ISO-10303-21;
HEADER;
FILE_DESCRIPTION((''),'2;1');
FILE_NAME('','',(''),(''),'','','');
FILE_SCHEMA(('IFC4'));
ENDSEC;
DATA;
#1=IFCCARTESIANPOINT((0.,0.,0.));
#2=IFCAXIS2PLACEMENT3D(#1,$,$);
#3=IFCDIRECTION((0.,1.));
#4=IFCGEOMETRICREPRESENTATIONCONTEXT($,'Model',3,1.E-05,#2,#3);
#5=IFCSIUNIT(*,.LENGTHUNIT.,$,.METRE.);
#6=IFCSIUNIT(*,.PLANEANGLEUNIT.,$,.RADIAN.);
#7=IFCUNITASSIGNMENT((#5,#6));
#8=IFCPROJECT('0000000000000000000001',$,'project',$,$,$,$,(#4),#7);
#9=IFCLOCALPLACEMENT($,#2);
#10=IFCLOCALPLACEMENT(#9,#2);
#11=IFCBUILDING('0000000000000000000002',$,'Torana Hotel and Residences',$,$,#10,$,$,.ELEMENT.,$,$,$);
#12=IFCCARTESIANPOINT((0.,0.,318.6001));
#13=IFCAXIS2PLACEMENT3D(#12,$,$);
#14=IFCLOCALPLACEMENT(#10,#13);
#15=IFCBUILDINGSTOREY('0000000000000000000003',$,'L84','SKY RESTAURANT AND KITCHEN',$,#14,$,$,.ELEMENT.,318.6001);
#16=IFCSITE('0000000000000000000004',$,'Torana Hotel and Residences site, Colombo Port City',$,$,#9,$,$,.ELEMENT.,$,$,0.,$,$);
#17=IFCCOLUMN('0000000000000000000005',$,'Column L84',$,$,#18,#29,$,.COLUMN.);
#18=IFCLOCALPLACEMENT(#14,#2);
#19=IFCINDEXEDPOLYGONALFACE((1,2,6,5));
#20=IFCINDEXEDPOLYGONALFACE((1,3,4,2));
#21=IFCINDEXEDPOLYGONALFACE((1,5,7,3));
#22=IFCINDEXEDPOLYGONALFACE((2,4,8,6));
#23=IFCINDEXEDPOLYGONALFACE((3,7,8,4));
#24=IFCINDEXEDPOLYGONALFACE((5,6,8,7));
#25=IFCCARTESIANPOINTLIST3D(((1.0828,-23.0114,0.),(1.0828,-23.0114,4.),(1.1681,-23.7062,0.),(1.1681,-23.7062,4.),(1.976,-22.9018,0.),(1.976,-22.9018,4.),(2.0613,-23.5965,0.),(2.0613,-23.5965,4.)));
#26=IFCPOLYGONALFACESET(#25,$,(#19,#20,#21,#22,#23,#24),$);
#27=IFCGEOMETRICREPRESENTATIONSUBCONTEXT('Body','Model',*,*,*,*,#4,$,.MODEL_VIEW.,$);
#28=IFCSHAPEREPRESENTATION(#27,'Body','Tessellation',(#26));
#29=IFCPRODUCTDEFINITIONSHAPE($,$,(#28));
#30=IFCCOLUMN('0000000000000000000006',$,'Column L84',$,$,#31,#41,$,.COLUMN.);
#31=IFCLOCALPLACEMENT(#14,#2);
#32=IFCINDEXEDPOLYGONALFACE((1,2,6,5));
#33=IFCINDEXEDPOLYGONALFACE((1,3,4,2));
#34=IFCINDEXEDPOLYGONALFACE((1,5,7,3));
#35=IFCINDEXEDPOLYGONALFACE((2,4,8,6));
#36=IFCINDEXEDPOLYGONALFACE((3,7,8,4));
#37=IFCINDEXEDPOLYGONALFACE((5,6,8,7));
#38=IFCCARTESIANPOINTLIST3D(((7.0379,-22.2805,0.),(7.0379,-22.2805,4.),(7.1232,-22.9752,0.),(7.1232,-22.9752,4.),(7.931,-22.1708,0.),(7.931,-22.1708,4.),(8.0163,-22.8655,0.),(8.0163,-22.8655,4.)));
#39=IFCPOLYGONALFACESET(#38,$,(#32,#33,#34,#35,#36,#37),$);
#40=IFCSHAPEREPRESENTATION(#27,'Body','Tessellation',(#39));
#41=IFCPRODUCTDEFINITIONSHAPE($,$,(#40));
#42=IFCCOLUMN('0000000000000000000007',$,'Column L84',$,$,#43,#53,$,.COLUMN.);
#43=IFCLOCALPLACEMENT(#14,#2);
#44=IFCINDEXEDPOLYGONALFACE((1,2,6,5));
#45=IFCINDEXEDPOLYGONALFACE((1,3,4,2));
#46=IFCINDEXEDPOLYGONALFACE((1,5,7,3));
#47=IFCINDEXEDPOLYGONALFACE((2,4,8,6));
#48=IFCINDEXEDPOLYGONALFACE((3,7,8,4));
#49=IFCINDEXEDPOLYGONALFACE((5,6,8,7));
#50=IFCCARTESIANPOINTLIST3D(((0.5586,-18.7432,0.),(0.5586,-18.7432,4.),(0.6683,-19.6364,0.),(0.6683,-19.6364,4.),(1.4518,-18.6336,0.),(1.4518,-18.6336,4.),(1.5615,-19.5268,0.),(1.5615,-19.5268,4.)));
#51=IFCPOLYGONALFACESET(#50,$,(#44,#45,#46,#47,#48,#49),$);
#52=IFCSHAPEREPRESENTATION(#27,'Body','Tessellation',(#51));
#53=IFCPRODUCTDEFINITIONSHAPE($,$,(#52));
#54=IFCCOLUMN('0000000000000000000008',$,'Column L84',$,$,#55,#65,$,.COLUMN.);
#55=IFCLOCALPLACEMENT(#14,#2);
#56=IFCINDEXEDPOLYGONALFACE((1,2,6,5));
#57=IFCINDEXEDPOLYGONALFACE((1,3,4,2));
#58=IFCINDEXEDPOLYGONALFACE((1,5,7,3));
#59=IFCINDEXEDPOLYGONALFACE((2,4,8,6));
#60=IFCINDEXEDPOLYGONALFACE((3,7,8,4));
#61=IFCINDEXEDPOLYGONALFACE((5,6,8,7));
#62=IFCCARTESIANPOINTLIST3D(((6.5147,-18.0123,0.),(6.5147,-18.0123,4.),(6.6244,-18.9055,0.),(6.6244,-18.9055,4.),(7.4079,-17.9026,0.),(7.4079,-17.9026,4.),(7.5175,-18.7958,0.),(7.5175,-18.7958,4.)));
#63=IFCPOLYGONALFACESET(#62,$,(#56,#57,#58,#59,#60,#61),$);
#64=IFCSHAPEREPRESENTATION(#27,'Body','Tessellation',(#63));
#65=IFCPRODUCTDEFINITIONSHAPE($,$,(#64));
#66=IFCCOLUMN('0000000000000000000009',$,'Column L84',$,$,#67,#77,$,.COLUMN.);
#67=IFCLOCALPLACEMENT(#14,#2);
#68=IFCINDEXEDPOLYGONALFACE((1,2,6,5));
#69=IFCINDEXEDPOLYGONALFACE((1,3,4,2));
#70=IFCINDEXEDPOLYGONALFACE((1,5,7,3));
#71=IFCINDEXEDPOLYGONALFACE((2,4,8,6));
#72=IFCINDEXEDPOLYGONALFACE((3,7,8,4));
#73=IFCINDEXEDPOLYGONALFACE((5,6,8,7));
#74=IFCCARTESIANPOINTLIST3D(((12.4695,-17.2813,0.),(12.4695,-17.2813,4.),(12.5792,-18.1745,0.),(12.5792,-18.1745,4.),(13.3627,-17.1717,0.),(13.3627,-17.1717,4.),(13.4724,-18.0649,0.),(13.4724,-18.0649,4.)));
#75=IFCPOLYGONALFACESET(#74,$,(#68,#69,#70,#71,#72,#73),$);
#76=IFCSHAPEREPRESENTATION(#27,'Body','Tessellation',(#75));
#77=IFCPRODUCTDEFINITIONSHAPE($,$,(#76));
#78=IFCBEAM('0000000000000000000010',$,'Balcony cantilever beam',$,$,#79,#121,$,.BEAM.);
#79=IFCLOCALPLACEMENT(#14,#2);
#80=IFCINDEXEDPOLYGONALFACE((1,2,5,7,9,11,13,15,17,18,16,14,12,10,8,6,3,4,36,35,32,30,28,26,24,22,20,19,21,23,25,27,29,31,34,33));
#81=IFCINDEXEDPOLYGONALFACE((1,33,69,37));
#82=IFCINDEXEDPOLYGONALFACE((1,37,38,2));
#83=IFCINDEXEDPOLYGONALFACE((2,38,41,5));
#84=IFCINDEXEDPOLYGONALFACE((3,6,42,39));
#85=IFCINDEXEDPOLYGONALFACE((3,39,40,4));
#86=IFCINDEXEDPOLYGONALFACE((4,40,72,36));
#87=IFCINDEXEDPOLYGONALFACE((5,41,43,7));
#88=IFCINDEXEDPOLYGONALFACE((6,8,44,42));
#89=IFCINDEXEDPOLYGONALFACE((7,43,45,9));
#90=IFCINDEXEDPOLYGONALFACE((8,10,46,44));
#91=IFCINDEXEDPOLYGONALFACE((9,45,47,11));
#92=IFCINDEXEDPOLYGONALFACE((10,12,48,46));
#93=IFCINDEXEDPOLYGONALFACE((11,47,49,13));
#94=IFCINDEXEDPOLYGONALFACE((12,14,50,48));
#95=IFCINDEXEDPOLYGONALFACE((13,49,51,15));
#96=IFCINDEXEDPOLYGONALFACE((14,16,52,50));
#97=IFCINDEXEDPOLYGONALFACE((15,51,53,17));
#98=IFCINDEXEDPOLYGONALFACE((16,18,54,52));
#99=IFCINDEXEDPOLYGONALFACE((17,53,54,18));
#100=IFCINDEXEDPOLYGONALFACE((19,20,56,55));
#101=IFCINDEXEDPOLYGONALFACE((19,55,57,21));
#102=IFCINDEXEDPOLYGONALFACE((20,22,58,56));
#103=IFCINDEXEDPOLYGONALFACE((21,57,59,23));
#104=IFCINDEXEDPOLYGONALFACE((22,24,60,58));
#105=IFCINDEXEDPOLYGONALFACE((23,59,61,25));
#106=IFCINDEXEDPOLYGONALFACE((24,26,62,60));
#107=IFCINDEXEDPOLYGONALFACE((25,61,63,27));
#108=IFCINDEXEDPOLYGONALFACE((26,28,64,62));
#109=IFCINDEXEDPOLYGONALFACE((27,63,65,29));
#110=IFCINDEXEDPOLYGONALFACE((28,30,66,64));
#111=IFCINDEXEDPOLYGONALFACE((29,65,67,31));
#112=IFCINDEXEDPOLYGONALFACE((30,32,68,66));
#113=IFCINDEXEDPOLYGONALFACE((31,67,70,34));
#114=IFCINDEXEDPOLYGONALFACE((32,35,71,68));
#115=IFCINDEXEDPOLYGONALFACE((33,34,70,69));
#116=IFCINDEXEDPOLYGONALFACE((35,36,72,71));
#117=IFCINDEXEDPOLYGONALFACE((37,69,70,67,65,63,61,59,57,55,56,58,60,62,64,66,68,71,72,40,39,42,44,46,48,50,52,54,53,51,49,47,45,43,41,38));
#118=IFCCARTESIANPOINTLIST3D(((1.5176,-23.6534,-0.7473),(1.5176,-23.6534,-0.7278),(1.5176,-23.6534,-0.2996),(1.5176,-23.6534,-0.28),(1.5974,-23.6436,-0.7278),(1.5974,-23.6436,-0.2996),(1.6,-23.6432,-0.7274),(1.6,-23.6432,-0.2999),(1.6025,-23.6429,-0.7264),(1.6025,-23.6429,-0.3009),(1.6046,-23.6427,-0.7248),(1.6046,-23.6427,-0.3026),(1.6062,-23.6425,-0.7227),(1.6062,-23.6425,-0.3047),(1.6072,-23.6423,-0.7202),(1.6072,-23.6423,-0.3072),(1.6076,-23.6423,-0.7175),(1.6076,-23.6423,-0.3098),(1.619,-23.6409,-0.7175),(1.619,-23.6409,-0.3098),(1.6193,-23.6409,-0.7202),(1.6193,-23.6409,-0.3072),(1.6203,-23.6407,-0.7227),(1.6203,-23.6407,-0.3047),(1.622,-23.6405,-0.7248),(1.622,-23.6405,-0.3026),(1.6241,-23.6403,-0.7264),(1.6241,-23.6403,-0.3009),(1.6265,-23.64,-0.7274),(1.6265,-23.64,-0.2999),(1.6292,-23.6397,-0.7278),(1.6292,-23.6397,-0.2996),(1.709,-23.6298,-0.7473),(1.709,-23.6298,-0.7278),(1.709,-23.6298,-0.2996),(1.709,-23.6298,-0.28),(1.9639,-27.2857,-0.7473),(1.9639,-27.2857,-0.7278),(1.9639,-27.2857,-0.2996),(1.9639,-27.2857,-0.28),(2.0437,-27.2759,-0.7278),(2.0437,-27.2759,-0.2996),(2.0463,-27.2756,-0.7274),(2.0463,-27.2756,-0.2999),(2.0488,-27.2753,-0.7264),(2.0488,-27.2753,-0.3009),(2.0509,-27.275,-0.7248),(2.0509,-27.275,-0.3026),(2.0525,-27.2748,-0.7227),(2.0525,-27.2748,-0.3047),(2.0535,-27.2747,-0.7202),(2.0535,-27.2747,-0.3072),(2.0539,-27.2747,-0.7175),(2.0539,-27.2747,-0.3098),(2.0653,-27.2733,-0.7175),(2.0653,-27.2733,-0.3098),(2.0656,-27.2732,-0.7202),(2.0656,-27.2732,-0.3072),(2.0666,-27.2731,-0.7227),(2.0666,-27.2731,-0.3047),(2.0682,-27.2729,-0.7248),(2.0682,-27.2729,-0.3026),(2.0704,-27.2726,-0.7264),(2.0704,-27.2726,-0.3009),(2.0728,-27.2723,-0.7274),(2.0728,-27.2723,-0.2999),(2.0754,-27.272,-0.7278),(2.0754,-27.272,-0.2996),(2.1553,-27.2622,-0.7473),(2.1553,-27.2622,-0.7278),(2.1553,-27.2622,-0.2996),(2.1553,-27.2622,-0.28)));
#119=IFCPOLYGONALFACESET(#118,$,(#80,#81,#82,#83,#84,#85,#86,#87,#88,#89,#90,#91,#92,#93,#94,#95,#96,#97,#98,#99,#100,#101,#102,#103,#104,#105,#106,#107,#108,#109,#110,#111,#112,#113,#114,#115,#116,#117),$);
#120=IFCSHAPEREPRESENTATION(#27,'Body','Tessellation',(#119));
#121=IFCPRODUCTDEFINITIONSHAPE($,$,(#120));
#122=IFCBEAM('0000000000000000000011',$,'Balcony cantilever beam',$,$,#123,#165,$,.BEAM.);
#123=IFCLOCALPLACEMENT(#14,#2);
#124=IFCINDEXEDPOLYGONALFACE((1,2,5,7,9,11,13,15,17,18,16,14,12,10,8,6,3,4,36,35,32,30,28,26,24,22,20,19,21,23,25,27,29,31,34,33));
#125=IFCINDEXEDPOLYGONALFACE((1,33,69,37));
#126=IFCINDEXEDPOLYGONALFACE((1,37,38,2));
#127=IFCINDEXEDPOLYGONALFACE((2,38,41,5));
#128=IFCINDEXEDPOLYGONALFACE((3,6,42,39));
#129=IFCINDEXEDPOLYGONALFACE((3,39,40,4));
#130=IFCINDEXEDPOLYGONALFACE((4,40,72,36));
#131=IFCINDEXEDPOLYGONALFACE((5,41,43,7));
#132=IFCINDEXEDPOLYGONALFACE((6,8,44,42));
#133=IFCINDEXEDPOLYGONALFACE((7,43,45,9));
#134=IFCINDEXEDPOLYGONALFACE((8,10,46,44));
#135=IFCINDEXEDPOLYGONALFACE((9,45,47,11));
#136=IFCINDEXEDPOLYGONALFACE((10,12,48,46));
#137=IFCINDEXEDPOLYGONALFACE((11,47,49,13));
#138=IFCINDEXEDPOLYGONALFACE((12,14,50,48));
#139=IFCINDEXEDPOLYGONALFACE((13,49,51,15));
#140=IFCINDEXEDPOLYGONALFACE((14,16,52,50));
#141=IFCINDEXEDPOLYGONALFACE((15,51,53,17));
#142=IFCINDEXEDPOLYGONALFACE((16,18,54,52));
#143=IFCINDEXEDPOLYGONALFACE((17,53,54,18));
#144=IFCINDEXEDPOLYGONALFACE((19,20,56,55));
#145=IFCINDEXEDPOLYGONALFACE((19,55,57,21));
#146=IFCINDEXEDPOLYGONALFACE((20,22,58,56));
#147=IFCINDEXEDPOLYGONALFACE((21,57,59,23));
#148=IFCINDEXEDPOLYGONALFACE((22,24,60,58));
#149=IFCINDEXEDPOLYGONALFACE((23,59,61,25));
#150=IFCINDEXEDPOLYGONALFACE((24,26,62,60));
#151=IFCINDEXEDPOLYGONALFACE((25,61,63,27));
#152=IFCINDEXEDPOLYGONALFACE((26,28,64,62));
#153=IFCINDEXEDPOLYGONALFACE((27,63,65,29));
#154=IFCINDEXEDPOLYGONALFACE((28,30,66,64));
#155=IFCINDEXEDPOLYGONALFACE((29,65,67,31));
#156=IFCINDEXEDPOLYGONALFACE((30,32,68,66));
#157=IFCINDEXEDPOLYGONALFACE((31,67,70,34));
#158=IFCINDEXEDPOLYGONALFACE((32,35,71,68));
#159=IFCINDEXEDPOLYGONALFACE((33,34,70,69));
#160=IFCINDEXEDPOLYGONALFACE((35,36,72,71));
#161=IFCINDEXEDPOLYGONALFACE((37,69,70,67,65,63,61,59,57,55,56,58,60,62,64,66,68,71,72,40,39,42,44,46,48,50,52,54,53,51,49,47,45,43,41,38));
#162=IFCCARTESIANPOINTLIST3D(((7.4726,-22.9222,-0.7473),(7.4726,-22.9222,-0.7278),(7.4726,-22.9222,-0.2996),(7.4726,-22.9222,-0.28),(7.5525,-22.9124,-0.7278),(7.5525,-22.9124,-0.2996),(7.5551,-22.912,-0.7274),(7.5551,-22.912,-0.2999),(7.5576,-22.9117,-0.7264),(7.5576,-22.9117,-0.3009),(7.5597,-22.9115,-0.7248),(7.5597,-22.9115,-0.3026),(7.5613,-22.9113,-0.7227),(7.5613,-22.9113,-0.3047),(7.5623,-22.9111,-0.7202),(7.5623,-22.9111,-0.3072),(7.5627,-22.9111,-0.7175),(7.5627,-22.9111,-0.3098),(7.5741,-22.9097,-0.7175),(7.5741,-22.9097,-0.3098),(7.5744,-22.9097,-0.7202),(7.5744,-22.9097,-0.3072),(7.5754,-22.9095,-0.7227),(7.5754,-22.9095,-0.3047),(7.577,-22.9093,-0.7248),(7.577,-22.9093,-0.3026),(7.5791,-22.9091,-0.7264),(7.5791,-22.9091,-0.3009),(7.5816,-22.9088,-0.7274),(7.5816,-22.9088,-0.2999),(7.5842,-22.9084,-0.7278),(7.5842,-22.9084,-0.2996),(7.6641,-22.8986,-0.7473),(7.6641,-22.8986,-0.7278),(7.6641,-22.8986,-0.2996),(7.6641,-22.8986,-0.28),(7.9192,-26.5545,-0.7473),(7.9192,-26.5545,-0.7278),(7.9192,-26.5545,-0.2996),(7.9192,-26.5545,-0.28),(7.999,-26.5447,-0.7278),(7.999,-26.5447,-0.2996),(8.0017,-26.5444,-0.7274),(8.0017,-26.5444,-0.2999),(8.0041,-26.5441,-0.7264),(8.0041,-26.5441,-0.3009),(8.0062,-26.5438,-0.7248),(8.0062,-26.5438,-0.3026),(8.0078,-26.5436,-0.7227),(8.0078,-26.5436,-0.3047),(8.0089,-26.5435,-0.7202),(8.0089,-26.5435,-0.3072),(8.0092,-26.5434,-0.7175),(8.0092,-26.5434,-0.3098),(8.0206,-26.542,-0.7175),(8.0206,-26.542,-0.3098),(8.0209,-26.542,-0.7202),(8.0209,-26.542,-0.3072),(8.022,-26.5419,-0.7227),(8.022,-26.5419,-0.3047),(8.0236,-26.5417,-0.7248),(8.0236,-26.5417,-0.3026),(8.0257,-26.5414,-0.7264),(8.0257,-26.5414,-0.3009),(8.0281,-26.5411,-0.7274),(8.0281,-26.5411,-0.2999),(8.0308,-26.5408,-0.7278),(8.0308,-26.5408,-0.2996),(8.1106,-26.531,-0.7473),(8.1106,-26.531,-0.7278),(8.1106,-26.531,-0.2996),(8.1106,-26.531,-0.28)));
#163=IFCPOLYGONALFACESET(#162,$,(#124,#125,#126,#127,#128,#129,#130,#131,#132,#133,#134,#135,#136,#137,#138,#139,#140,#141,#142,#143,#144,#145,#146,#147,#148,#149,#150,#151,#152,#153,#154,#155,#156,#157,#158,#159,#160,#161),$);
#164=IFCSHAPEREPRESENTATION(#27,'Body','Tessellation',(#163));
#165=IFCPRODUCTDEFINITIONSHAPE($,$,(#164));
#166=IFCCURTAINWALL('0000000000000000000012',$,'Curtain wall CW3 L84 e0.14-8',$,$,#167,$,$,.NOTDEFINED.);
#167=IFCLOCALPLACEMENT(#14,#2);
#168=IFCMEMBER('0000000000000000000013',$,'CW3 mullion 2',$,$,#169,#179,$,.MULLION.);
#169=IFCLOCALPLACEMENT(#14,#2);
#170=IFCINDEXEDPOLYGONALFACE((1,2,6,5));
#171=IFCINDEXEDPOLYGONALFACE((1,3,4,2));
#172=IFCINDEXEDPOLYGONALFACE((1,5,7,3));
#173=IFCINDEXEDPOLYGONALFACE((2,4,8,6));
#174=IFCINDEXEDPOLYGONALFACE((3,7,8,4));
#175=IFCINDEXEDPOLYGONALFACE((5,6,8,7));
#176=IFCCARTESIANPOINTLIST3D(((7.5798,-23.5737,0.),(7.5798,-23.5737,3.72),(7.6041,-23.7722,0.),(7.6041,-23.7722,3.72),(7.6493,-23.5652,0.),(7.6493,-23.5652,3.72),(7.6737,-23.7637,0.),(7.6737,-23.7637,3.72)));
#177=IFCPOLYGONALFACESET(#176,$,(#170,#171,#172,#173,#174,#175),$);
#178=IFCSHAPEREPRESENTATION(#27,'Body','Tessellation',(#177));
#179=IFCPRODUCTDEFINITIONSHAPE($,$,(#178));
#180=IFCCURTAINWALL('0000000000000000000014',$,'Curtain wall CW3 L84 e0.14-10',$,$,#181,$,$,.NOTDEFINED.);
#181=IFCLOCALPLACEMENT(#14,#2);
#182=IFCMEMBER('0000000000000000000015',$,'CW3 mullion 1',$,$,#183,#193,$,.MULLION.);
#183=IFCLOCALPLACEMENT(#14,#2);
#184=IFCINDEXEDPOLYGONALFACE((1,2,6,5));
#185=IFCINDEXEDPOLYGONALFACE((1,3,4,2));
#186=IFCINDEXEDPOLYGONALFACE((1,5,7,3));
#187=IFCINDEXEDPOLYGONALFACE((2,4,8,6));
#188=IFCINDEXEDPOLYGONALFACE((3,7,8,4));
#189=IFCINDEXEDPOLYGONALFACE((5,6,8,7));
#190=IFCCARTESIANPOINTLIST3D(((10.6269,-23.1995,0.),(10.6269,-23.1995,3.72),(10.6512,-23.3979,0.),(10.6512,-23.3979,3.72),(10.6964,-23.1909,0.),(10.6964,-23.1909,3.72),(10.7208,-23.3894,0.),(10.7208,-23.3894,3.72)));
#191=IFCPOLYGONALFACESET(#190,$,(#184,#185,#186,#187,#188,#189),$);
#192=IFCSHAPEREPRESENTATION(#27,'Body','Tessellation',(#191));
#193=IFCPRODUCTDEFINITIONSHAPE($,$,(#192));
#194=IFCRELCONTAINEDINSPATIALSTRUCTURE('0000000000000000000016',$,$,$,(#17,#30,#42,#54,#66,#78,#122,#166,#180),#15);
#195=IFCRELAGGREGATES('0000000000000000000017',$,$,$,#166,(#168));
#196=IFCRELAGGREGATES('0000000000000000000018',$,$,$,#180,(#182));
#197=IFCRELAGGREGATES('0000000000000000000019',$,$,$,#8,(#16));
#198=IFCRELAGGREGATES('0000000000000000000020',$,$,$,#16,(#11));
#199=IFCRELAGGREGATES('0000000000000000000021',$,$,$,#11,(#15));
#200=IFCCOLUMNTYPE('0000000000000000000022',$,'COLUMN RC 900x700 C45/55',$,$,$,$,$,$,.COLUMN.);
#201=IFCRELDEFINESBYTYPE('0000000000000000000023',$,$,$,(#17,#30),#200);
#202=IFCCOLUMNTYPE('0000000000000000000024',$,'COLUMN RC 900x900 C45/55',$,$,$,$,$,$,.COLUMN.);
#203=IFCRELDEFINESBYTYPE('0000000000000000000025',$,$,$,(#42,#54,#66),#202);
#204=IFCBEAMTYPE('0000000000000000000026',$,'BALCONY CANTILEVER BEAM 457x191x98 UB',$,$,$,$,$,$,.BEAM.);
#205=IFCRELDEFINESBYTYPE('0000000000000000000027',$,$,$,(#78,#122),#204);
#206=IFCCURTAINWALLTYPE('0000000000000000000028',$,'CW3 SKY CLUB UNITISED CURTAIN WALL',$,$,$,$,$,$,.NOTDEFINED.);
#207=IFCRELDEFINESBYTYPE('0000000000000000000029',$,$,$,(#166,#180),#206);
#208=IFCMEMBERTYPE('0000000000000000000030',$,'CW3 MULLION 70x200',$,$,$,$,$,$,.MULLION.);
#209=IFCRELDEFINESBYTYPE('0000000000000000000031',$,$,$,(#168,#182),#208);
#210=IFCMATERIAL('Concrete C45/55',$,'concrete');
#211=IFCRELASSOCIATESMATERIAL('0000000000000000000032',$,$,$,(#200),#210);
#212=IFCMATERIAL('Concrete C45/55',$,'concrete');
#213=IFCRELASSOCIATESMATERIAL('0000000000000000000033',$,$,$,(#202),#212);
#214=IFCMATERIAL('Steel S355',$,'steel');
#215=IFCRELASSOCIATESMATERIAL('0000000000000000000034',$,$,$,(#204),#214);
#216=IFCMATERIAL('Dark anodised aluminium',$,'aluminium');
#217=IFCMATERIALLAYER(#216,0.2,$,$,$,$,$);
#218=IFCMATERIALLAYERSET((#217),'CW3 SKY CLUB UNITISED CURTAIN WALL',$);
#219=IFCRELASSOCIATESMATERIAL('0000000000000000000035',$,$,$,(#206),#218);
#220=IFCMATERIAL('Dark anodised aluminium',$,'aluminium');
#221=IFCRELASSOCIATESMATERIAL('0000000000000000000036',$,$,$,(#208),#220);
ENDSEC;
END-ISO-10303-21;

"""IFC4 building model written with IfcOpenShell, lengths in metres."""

from ifc_helpers import new_model, si_unit, direction, frame, origin, origin_2d, place, context, subcontext, project, spatial, rectangle, i_section, extrude, material, layer, layer_set, material_profile, profile_set, type_object, element, aggregate, save


model = new_model("IFC4")

# Units and contexts
model_context = context("Model", 3, precision=1e-05, world=origin(), true_north=direction((0.0, 1.0)))
body_context = subcontext(model_context, "Body", "Model", "MODEL_VIEW")
ifc_project = project(units=[si_unit("LENGTHUNIT", "METRE"), si_unit("PLANEANGLEUNIT", "RADIAN")], contexts=[model_context])

# Site, building, storey
site_placement = place(None, origin())
site = spatial("IfcSite", under=ifc_project, at=site_placement, Name="Torana Hotel and Residences site, Colombo Port City", CompositionType="ELEMENT", RefElevation=0.0)
building_placement = place(site_placement, origin())
building = spatial("IfcBuilding", under=site, at=building_placement, Name="Torana Hotel and Residences", CompositionType="ELEMENT")
storey_placement = place(building_placement, frame((0.0, 0.0, 318.6001)))
storey = spatial("IfcBuildingStorey", under=building, at=storey_placement, Name="L84", Description="SKY RESTAURANT AND KITCHEN", CompositionType="ELEMENT", Elevation=318.6001)

# Columns
ifc_material_1 = material(Name="Concrete C45/55", Category="concrete")
ifc_material_profile_1 = material_profile(ifc_material_1, rectangle(XDim=0.8999, YDim=0.7, at=origin_2d()), Name="RC 900x700")
ifc_profile_set_1 = profile_set([ifc_material_profile_1], Name="Concrete C45/55")
column_type_1 = type_object("IfcColumnType", Name="COLUMN RC 900x700 C45/55", PredefinedType="COLUMN", material=ifc_profile_set_1)
for number, where, z_axis, x_axis, name in (
    (1, (1.572, -23.304, 0.0), (0.0, 0.0, 1.0), (0.992546, 0.121869, 0.0), "Column L84"),
    (2, (7.5271, -22.573, 0.0), (0.0, 0.0, 1.0), (0.992546, 0.121869, 0.0), "Column L84"),
):
    element("IfcColumn", number, at=place(storey_placement, frame(where, z_axis=z_axis, x_axis=x_axis)), inside=storey, type_object=column_type_1, Name=name, PredefinedType="COLUMN", context=body_context, shape_type="SweptSolid", body=[
        extrude(rectangle(XDim=0.8999, YDim=0.7, at=origin_2d()), origin(), (0.0, 0.0, 1.0), 4.0),
    ])
ifc_material_2 = material(Name="Concrete C45/55", Category="concrete")
ifc_material_profile_2 = material_profile(ifc_material_2, rectangle(XDim=0.8999, YDim=0.8999, at=origin_2d()), Name="RC 900x900")
ifc_profile_set_2 = profile_set([ifc_material_profile_2], Name="Concrete C45/55")
column_type_2 = type_object("IfcColumnType", Name="COLUMN RC 900x900 C45/55", PredefinedType="COLUMN", material=ifc_profile_set_2)
for number, where, z_axis, x_axis, name in (
    (3, (1.0601, -19.135, 0.0), (0.0, 0.0, 1.0), (0.992546, 0.121869, 0.0), "Column L84"),
    (4, (7.0161, -18.4041, 0.0), (0.0, 0.0, 1.0), (0.992546, 0.121869, 0.0), "Column L84"),
    (5, (12.9709, -17.6731, 0.0), (0.0, 0.0, 1.0), (0.992546, 0.121869, 0.0), "Column L84"),
):
    element("IfcColumn", number, at=place(storey_placement, frame(where, z_axis=z_axis, x_axis=x_axis)), inside=storey, type_object=column_type_2, Name=name, PredefinedType="COLUMN", context=body_context, shape_type="SweptSolid", body=[
        extrude(rectangle(XDim=0.8999, YDim=0.8999, at=origin_2d()), origin(), (0.0, 0.0, 1.0), 4.0),
    ])

# Beams
ifc_material_3 = material(Name="Steel S355", Category="steel")
ifc_material_profile_3 = material_profile(ifc_material_3, i_section(OverallWidth=0.1929, OverallDepth=0.4673, WebThickness=0.0115, FlangeThickness=0.0195, FilletRadius=0.0103, at=origin_2d()), Name="457x191x98 UB")
ifc_profile_set_3 = profile_set([ifc_material_profile_3], Name="Steel S355")
beam_type = type_object("IfcBeamType", Name="BALCONY CANTILEVER BEAM 457x191x98 UB", PredefinedType="BEAM", material=ifc_profile_set_3)
for number, where, z_axis, x_axis, name in (
    (6, (1.6133, -23.6416, -0.5137), (0.121949, -0.992536, 0.0), (0.992536, 0.121949, 0.0), "Balcony cantilever beam"),
    (7, (7.5684, -22.9104, -0.5137), (0.122015, -0.992528, 0.0), (0.992528, 0.122015, 0.0), "Balcony cantilever beam"),
):
    element("IfcBeam", number, at=place(storey_placement, frame(where, z_axis=z_axis, x_axis=x_axis)), inside=storey, type_object=beam_type, Name=name, PredefinedType="BEAM", context=body_context, shape_type="SweptSolid", body=[
        extrude(i_section(OverallWidth=0.1929, OverallDepth=0.4673, WebThickness=0.0115, FlangeThickness=0.0195, FilletRadius=0.0103, at=origin_2d()), origin(), (0.0, 0.0, 1.0), 3.6597),
    ])

# Curtain wall, member
ifc_material_4 = material(Name="Dark anodised aluminium", Category="aluminium")
ifc_layer_1 = layer(ifc_material_4, 0.2)
ifc_layer_set_1 = layer_set([ifc_layer_1], Name="CW3 SKY CLUB UNITISED CURTAIN WALL")
curtain_wall_type = type_object("IfcCurtainWallType", Name="CW3 SKY CLUB UNITISED CURTAIN WALL", PredefinedType="NOTDEFINED", material=ifc_layer_set_1)
curtain_wall_1_placement = place(storey_placement, origin())
curtain_wall_1 = element("IfcCurtainWall", 8, at=curtain_wall_1_placement, inside=storey, type_object=curtain_wall_type, Name="Curtain wall CW3 L84 e0.14-8", PredefinedType="NOTDEFINED")
ifc_material_5 = material(Name="Dark anodised aluminium", Category="aluminium")
ifc_material_profile_4 = material_profile(ifc_material_5, rectangle(XDim=0.2, YDim=0.0701, at=origin_2d()), Name="CW3 MULLION 70x200")
ifc_profile_set_4 = profile_set([ifc_material_profile_4], Name="Dark anodised aluminium")
member_type_1 = type_object("IfcMemberType", Name="CW3 MULLION 70x200", PredefinedType="MULLION", material=ifc_profile_set_4)
member_1_placement = place(storey_placement, frame((7.6267, -23.6687, 0.0), z_axis=(0.0, 0.0, 1.0), x_axis=(-0.121868, 0.992546, 0.0)))
member_1 = element("IfcMember", 9, at=member_1_placement, type_object=member_type_1, Name="CW3 mullion 2", PredefinedType="MULLION", context=body_context, shape_type="SweptSolid", body=[
    extrude(rectangle(XDim=0.2, YDim=0.0701, at=origin_2d()), origin(), (0.0, 0.0, 1.0), 3.72),
])

# Curtain wall, member
curtain_wall_2_placement = place(storey_placement, origin())
curtain_wall_2 = element("IfcCurtainWall", 10, at=curtain_wall_2_placement, inside=storey, type_object=curtain_wall_type, Name="Curtain wall CW3 L84 e0.14-10", PredefinedType="NOTDEFINED")
member_2_placement = place(storey_placement, frame((10.6738, -23.2944, 0.0), z_axis=(0.0, 0.0, 1.0), x_axis=(-0.121868, 0.992546, 0.0)))
member_2 = element("IfcMember", 11, at=member_2_placement, type_object=member_type_1, Name="CW3 mullion 1", PredefinedType="MULLION", context=body_context, shape_type="SweptSolid", body=[
    extrude(rectangle(XDim=0.2, YDim=0.0701, at=origin_2d()), origin(), (0.0, 0.0, 1.0), 3.72),
])

aggregate(curtain_wall_1, [member_1])
aggregate(curtain_wall_2, [member_2])

save(model, "model.ifc")
